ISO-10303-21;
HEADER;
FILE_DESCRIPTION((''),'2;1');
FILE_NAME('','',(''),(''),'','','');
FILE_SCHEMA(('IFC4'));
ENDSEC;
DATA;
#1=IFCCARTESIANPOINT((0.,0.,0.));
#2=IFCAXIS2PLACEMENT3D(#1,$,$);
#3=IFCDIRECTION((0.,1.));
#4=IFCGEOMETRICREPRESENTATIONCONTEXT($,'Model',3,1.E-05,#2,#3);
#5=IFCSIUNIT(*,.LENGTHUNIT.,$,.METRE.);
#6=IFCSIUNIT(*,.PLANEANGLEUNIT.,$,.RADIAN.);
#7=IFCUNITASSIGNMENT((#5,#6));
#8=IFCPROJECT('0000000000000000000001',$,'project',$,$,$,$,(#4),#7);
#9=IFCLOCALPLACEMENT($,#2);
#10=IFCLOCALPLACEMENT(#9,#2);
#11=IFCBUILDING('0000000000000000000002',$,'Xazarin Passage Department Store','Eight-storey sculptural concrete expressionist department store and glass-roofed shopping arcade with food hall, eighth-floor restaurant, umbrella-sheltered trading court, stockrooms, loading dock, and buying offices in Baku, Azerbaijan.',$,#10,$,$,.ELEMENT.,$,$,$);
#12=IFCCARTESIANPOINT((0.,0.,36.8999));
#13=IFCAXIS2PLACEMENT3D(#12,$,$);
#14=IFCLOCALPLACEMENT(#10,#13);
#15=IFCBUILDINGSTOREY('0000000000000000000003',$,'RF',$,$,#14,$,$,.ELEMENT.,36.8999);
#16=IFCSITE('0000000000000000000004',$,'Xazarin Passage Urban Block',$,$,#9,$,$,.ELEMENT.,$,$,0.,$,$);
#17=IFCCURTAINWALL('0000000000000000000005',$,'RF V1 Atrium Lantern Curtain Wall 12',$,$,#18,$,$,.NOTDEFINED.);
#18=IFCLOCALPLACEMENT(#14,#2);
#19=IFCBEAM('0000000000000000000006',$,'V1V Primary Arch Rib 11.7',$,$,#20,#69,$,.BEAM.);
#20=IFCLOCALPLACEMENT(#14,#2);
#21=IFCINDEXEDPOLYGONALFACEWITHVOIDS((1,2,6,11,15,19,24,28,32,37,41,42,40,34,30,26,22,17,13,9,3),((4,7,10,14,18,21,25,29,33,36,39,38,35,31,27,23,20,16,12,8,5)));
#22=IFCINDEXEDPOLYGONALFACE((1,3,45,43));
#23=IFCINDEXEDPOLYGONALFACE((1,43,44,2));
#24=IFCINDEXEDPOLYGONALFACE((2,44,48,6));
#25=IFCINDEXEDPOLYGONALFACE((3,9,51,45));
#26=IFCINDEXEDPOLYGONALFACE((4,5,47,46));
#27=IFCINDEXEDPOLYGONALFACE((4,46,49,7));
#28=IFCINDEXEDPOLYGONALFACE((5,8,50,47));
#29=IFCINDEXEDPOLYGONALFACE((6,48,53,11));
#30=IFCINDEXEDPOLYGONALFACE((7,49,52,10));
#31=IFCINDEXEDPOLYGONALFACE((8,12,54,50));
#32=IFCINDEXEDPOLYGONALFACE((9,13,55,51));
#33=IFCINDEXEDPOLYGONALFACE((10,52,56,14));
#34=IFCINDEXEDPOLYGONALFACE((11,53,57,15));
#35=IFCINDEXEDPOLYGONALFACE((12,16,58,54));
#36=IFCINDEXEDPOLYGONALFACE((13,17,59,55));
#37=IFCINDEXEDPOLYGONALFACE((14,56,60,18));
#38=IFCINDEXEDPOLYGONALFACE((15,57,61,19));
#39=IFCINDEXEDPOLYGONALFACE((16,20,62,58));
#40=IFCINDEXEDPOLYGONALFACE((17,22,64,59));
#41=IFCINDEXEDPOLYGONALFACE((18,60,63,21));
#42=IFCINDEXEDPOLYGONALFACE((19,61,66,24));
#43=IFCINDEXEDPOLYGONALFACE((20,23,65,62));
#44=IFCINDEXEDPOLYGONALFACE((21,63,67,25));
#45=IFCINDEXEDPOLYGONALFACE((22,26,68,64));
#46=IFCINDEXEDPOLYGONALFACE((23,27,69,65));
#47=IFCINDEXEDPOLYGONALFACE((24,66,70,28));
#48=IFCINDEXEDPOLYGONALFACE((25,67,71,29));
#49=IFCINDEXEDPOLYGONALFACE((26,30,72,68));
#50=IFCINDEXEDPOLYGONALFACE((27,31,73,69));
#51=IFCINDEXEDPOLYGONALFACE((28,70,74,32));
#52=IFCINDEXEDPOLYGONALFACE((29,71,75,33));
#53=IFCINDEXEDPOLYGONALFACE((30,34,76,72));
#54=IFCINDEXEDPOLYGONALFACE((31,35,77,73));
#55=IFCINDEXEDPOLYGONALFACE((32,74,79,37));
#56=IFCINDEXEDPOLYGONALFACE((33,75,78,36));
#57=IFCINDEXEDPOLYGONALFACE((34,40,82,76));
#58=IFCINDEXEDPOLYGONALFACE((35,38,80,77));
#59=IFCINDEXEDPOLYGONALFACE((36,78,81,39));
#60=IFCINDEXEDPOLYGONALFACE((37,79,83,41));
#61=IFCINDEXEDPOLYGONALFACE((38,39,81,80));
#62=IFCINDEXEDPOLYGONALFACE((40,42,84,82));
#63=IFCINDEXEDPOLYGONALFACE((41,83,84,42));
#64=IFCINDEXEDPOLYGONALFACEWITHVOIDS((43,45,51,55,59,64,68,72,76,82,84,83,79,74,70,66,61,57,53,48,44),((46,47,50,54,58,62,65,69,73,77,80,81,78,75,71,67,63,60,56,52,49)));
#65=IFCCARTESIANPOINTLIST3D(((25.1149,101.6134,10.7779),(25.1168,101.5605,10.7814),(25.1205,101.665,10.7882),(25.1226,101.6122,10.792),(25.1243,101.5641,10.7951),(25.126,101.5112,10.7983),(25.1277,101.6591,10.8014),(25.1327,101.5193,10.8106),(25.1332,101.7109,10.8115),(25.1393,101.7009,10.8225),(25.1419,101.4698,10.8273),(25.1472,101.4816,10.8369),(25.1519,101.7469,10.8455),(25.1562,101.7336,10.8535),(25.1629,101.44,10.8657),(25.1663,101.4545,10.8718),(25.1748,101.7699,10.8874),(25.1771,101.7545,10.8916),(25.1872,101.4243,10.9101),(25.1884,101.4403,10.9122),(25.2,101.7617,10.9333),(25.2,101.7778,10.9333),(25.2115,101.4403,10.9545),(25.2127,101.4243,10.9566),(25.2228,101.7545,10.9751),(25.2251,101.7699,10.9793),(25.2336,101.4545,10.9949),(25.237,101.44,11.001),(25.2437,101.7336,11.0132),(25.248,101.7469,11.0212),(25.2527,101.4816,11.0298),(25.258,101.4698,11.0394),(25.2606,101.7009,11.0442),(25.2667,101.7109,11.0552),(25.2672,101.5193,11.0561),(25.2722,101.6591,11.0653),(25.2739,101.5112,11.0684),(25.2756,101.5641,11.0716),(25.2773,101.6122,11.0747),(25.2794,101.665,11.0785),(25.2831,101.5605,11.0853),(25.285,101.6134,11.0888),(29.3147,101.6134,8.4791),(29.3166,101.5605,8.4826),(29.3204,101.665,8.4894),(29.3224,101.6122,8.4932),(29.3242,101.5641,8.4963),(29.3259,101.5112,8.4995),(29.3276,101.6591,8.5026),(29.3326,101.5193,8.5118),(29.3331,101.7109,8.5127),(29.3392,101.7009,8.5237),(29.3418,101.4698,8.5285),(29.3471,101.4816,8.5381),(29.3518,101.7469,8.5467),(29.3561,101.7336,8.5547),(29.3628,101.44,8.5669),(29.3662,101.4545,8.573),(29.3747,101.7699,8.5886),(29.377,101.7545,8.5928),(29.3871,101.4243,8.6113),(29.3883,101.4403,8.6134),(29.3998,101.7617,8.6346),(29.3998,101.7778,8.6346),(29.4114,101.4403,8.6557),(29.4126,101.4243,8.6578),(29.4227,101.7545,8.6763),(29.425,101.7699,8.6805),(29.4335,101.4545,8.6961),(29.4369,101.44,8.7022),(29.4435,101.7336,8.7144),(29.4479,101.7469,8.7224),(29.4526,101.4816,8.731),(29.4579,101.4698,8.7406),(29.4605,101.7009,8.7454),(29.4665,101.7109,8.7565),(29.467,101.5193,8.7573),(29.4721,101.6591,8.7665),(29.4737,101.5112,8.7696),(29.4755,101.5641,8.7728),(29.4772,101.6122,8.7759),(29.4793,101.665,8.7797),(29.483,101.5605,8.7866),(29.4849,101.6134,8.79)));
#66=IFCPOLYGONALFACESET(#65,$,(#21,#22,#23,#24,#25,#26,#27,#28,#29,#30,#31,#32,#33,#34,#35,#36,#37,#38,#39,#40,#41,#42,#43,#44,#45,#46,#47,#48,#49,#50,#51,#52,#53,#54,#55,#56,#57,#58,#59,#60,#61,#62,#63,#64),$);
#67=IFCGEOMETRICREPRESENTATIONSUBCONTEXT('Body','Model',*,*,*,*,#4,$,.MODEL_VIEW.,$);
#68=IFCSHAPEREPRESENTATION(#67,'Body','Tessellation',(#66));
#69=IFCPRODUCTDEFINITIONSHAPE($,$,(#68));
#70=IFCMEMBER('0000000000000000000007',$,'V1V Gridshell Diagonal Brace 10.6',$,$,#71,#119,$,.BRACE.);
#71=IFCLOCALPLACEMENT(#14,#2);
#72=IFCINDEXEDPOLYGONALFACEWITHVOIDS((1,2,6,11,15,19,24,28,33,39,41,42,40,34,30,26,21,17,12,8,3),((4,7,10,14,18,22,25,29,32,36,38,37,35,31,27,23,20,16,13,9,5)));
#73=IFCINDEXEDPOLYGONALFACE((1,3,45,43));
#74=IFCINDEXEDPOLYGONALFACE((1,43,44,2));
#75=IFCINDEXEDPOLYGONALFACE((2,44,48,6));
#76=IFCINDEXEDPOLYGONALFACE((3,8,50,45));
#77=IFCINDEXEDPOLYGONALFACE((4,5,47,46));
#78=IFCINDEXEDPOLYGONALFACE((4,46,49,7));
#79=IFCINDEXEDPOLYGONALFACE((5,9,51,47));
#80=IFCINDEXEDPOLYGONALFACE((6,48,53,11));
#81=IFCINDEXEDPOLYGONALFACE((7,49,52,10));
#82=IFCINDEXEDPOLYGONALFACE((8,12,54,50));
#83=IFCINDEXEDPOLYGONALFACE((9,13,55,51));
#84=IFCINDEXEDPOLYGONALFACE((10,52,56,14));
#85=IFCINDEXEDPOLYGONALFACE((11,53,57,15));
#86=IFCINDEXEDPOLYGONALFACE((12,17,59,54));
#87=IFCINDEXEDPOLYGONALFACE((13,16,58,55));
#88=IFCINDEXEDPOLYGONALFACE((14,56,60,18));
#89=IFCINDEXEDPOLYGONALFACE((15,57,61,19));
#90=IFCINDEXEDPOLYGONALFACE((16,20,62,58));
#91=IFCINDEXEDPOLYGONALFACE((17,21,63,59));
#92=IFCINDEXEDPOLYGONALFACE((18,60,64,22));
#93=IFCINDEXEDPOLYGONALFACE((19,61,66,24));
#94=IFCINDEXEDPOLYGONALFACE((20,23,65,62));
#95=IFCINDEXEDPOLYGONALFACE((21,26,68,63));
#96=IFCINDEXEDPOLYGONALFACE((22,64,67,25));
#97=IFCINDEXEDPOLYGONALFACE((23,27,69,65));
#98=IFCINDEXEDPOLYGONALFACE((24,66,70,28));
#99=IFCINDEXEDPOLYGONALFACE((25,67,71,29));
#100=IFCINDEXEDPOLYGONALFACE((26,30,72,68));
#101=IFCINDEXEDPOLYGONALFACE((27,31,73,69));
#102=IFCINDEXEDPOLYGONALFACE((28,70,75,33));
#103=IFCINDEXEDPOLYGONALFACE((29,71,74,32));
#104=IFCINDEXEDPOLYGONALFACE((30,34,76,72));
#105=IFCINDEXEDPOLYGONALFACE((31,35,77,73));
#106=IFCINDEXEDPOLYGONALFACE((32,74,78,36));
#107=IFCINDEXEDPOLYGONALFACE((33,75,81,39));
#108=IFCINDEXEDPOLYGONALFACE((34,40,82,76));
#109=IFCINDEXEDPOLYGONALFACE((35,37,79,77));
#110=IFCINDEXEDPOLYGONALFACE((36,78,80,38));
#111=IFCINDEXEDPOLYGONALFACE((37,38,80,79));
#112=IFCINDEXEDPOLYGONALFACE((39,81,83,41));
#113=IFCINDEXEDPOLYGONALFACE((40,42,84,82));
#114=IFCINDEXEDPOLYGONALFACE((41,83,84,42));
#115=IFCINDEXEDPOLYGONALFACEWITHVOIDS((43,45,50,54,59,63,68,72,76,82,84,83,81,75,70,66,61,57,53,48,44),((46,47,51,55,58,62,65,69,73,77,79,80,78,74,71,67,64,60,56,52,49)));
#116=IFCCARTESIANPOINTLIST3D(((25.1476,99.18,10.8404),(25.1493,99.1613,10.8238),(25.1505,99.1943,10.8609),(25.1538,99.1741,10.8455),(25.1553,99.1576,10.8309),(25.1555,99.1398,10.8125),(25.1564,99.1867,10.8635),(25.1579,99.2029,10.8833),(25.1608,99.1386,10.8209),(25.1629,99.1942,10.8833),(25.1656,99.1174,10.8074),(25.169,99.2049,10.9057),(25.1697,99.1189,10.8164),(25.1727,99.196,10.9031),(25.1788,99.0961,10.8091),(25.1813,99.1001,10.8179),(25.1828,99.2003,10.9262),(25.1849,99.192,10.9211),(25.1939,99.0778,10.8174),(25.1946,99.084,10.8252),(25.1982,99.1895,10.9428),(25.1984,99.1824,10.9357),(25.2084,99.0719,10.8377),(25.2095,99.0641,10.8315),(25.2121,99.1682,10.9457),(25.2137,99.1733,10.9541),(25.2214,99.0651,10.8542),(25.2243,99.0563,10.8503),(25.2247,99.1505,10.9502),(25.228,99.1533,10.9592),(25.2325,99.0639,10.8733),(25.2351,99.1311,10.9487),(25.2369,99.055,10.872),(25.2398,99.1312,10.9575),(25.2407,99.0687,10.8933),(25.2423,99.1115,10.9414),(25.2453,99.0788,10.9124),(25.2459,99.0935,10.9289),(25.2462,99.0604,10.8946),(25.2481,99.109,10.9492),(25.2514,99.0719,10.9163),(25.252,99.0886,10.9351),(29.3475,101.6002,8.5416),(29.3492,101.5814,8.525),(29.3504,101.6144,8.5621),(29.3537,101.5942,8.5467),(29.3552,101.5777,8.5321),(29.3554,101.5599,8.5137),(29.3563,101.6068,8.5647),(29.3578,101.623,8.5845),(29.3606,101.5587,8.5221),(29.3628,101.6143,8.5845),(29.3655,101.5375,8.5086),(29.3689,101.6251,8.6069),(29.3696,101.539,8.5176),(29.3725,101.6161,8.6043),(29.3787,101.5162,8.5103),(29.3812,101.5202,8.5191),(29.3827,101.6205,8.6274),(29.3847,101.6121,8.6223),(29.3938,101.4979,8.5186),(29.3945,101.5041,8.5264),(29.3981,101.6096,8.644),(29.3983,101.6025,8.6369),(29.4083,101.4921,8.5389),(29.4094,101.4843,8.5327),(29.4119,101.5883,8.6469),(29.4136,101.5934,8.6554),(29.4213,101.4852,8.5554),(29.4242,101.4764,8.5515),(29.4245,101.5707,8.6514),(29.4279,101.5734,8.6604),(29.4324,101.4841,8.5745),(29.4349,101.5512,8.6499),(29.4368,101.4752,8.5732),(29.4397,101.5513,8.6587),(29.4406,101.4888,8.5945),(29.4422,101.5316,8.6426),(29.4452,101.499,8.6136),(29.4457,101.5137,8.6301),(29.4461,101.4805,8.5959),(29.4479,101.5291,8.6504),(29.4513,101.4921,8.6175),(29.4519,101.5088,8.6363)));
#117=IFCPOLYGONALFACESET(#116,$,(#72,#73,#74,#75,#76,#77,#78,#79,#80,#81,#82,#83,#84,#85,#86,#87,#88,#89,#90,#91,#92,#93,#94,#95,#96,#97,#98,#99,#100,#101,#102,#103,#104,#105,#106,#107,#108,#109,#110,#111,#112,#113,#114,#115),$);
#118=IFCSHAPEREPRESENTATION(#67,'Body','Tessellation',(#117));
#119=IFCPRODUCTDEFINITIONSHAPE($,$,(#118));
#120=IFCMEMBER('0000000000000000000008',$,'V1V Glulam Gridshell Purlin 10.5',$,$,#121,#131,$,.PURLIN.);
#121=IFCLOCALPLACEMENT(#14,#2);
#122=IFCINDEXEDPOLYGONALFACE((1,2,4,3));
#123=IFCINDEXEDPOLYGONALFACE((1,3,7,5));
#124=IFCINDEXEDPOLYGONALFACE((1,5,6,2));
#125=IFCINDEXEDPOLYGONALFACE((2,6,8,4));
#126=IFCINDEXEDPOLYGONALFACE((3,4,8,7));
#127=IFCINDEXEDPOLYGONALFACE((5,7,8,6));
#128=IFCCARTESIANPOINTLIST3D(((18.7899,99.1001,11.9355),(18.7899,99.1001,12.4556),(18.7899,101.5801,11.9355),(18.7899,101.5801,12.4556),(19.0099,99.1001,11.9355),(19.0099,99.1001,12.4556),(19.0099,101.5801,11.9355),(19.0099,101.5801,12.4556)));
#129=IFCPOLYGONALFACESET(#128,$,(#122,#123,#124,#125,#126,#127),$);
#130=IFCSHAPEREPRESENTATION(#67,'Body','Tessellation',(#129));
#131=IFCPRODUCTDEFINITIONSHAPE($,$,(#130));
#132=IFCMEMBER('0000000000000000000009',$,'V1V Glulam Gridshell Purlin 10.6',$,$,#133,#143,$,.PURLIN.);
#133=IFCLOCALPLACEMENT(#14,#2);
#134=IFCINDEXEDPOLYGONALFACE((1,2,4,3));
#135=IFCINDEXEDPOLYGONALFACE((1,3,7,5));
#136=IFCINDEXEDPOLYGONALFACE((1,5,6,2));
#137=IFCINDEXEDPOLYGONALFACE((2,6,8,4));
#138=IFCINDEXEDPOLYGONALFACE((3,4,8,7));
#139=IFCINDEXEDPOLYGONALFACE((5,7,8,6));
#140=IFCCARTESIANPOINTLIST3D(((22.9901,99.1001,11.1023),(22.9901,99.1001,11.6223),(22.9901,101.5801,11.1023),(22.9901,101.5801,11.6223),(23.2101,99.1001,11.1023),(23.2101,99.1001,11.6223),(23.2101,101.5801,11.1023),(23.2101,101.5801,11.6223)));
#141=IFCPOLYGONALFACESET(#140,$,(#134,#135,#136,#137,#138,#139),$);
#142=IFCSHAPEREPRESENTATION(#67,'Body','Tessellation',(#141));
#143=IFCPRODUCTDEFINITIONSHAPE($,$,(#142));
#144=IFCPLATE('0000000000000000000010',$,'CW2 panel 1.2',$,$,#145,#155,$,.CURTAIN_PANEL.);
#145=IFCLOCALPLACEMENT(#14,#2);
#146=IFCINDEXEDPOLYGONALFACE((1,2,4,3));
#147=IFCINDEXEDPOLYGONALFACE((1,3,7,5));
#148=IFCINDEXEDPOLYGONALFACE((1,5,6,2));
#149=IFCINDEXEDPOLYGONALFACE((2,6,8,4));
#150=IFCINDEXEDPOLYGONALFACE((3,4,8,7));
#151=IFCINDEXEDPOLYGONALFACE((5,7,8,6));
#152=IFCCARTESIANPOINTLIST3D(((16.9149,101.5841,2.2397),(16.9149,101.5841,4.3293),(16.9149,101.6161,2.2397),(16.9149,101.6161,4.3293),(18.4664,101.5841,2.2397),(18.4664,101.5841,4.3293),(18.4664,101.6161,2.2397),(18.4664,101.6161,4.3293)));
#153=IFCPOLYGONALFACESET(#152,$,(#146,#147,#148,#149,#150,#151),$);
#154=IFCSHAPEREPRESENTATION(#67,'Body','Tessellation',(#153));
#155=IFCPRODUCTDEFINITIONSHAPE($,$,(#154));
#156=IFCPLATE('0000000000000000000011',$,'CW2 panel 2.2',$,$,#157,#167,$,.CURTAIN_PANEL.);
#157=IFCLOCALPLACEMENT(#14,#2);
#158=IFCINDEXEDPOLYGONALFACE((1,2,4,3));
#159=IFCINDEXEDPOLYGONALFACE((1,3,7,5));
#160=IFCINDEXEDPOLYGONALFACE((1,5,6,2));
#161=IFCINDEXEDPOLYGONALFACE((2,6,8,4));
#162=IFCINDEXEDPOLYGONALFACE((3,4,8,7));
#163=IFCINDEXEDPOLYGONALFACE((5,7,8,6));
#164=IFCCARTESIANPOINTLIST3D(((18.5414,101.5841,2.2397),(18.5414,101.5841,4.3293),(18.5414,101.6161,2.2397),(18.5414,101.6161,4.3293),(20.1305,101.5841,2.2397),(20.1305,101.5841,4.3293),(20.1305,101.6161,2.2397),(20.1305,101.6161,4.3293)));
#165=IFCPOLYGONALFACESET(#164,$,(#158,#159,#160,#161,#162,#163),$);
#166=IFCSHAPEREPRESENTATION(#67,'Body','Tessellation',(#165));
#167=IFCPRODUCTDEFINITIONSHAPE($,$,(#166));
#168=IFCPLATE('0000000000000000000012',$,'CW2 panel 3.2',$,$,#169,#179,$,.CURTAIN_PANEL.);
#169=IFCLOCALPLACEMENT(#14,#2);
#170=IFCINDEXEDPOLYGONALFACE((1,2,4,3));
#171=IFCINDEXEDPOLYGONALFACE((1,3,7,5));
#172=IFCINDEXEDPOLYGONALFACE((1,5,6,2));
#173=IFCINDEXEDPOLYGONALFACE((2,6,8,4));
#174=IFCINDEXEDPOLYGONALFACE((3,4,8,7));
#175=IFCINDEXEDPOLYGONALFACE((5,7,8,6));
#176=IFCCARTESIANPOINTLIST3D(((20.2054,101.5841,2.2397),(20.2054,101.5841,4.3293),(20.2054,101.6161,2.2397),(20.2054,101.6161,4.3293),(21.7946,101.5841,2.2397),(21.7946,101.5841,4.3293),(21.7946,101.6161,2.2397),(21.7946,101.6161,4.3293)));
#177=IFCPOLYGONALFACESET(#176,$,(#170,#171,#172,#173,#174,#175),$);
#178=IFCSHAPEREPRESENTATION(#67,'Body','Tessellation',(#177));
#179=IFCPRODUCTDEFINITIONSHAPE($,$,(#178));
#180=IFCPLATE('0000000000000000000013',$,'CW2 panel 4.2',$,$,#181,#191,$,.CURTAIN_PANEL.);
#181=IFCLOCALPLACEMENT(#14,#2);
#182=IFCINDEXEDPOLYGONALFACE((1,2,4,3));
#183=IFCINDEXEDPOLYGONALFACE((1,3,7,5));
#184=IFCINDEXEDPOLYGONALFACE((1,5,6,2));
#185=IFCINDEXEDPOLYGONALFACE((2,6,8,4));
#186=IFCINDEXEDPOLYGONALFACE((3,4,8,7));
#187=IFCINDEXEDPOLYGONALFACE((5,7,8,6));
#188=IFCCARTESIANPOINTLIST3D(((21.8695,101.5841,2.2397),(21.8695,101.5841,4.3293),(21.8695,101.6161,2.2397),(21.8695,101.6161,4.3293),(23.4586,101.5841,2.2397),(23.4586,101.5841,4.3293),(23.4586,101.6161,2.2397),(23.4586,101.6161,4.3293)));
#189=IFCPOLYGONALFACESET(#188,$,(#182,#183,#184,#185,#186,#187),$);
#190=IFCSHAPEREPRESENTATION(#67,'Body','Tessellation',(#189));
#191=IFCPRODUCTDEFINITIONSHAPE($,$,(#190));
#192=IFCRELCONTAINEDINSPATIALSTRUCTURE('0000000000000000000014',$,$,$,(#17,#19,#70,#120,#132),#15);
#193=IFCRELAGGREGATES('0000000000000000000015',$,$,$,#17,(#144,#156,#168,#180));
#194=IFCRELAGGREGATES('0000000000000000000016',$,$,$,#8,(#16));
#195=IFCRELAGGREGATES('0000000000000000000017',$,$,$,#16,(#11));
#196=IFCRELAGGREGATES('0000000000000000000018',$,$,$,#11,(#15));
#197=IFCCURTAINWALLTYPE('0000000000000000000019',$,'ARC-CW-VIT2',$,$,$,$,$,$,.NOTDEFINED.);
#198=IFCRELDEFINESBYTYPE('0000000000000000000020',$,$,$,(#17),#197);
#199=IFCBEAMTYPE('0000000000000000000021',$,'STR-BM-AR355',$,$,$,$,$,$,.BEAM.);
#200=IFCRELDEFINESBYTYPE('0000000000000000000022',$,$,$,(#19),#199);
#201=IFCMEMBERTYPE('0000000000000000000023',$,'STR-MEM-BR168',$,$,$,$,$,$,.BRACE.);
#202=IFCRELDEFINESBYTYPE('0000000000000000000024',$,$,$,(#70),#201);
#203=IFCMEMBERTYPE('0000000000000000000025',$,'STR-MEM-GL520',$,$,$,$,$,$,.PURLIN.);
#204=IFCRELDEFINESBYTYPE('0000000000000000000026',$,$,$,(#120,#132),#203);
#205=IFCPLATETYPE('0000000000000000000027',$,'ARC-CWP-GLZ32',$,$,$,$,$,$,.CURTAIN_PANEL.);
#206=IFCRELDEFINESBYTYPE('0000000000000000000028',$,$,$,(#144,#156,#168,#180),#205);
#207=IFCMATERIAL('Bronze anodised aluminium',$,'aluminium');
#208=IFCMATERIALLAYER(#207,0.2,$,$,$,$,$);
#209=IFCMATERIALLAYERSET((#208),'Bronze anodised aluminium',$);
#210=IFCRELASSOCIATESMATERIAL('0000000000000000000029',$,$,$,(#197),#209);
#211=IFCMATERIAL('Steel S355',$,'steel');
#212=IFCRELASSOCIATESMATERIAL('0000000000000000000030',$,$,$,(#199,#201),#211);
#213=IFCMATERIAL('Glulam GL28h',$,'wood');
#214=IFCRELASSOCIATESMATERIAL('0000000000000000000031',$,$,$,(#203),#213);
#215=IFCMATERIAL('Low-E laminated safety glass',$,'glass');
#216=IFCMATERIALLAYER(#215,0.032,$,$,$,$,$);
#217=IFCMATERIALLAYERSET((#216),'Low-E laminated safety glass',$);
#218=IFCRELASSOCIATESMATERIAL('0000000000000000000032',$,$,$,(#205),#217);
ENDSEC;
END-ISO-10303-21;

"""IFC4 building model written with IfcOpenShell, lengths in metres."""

from ifc_helpers import new_model, si_unit, direction, frame, origin, origin_2d, place, context, subcontext, project, spatial, rectangle, hollow_circle, extrude, material, layer, layer_set, material_profile, profile_set, type_object, element, aggregate, save


model = new_model("IFC4")

# Units and contexts
model_context = context("Model", 3, precision=1e-05, world=origin(), true_north=direction((0.0, 1.0)))
body_context = subcontext(model_context, "Body", "Model", "MODEL_VIEW")
ifc_project = project(units=[si_unit("LENGTHUNIT", "METRE"), si_unit("PLANEANGLEUNIT", "RADIAN")], contexts=[model_context])

# Site, building, storey
site_placement = place(None, origin())
site = spatial("IfcSite", under=ifc_project, at=site_placement, Name="Xazarin Passage Urban Block", CompositionType="ELEMENT", RefElevation=0.0)
building_placement = place(site_placement, origin())
building = spatial("IfcBuilding", under=site, at=building_placement, Name="Xazarin Passage Department Store", Description="Eight-storey sculptural concrete expressionist department store and glass-roofed shopping arcade with food hall, eighth-floor restaurant, umbrella-sheltered trading court, stockrooms, loading dock, and buying offices in Baku, Azerbaijan.", CompositionType="ELEMENT")
storey_placement = place(building_placement, frame((0.0, 0.0, 36.8999)))
storey = spatial("IfcBuildingStorey", under=building, at=storey_placement, Name="RF", CompositionType="ELEMENT", Elevation=36.8999)

# Curtain wall
ifc_material_1 = material(Name="Bronze anodised aluminium", Category="aluminium")
ifc_layer_1 = layer(ifc_material_1, 0.2)
ifc_layer_set_1 = layer_set([ifc_layer_1], Name="Bronze anodised aluminium")
curtain_wall_type = type_object("IfcCurtainWallType", Name="ARC-CW-VIT2", PredefinedType="NOTDEFINED", material=ifc_layer_set_1)
curtain_wall_placement = place(storey_placement, origin())
curtain_wall = element("IfcCurtainWall", 1, at=curtain_wall_placement, inside=storey, type_object=curtain_wall_type, Name="RF V1 Atrium Lantern Curtain Wall 12", PredefinedType="NOTDEFINED")

# Beam
ifc_material_2 = material(Name="Steel S355", Category="steel")
ifc_material_profile_1 = material_profile(ifc_material_2, hollow_circle(Radius=0.1777, WallThickness=0.0161, at=origin_2d()), Name="CHS 355.6x16")
ifc_profile_set_1 = profile_set([ifc_material_profile_1], Name="Steel S355")
beam_type = type_object("IfcBeamType", Name="STR-BM-AR355", PredefinedType="BEAM", material=ifc_profile_set_1)
beam_1_placement = place(storey_placement, frame((25.2, 101.6001, 10.9333), z_axis=(0.877197, 0.0, -0.480131), x_axis=(0.0, 1.0, 0.0)))
element("IfcBeam", 2, at=beam_1_placement, inside=storey, type_object=beam_type, Name="V1V Primary Arch Rib 11.7", PredefinedType="BEAM", context=body_context, shape_type="SweptSolid", body=[
    extrude(hollow_circle(Radius=0.1777, WallThickness=0.0161, at=origin_2d()), origin(), (0.0, 0.0, 1.0), 4.7878),
])

# Members
ifc_material_profile_2 = material_profile(ifc_material_2, hollow_circle(Radius=0.0842, WallThickness=0.01, at=origin_2d()), Name="CHS 168.3x10")
ifc_profile_set_2 = profile_set([ifc_material_profile_2], Name="Steel S355")
member_type_1 = type_object("IfcMemberType", Name="STR-MEM-BR168", PredefinedType="BRACE", material=ifc_profile_set_2)
member_1_placement = place(storey_placement, frame((25.2, 99.1299, 10.8833), z_axis=(0.782867, 0.451117, -0.4285), x_axis=(-0.499276, 0.866443, 0.0)))
element("IfcMember", 3, at=member_1_placement, inside=storey, type_object=member_type_1, Name="V1V Gridshell Diagonal Brace 10.6", PredefinedType="BRACE", context=body_context, shape_type="SweptSolid", body=[
    extrude(hollow_circle(Radius=0.0842, WallThickness=0.01, at=origin_2d()), origin(), (0.0, 0.0, 1.0), 5.3647),
])
ifc_material_3 = material(Name="Glulam GL28h", Category="wood")
ifc_material_profile_3 = material_profile(ifc_material_3, rectangle(XDim=0.22, YDim=0.52, at=origin_2d()), Name="GL28h 220x520")
ifc_profile_set_3 = profile_set([ifc_material_profile_3], Name="Glulam GL28h")
member_type_2 = type_object("IfcMemberType", Name="STR-MEM-GL520", PredefinedType="PURLIN", material=ifc_profile_set_3)
for number, where, z_axis, x_axis, name in (
    (4, (18.8999, 99.1001, 12.1956), (0.0, 1.0, 0.0), (-1.0, 0.0, 0.0), "V1V Glulam Gridshell Purlin 10.5"),
    (5, (23.1001, 99.1001, 11.3623), (0.0, 1.0, 0.0), (-1.0, 0.0, 0.0), "V1V Glulam Gridshell Purlin 10.6"),
):
    element("IfcMember", number, at=place(storey_placement, frame(where, z_axis=z_axis, x_axis=x_axis)), inside=storey, type_object=member_type_2, Name=name, PredefinedType="PURLIN", context=body_context, shape_type="SweptSolid", body=[
        extrude(rectangle(XDim=0.22, YDim=0.52, at=origin_2d()), origin(), (0.0, 0.0, 1.0), 2.48),
    ])

# Plates
ifc_material_4 = material(Name="Low-E laminated safety glass", Category="glass")
ifc_layer_2 = layer(ifc_material_4, 0.032)
ifc_layer_set_2 = layer_set([ifc_layer_2], Name="Low-E laminated safety glass")
plate_type_1 = type_object("IfcPlateType", Name="ARC-CWP-GLZ32", PredefinedType="CURTAIN_PANEL", material=ifc_layer_set_2)
plate_1_placement = place(storey_placement, frame((17.6907, 101.6001, 2.2397), z_axis=(0.0, 0.0, 1.0), x_axis=(1.0, 0.0, 0.0)))
plate_1 = element("IfcPlate", 6, at=plate_1_placement, type_object=plate_type_1, Name="CW2 panel 1.2", PredefinedType="CURTAIN_PANEL", context=body_context, shape_type="SweptSolid", body=[
    extrude(rectangle(XDim=1.5515, YDim=0.032, at=origin_2d()), origin(), (0.0, 0.0, 1.0), 2.0896),
])
plate_2_placement = place(storey_placement, frame((19.3359, 101.6001, 2.2397), z_axis=(0.0, 0.0, 1.0), x_axis=(1.0, 0.0, 0.0)))
plate_2 = element("IfcPlate", 7, at=plate_2_placement, type_object=plate_type_1, Name="CW2 panel 2.2", PredefinedType="CURTAIN_PANEL", context=body_context, shape_type="SweptSolid", body=[
    extrude(rectangle(XDim=1.5891, YDim=0.032, at=origin_2d()), origin(), (0.0, 0.0, 1.0), 2.0896),
])
plate_3_placement = place(storey_placement, frame((21.0, 101.6001, 2.2397), z_axis=(0.0, 0.0, 1.0), x_axis=(1.0, 0.0, 0.0)))
plate_3 = element("IfcPlate", 8, at=plate_3_placement, type_object=plate_type_1, Name="CW2 panel 3.2", PredefinedType="CURTAIN_PANEL", context=body_context, shape_type="SweptSolid", body=[
    extrude(rectangle(XDim=1.5891, YDim=0.032, at=origin_2d()), origin(), (0.0, 0.0, 1.0), 2.0896),
])
plate_4_placement = place(storey_placement, frame((22.6641, 101.6001, 2.2397), z_axis=(0.0, 0.0, 1.0), x_axis=(1.0, 0.0, 0.0)))
plate_4 = element("IfcPlate", 9, at=plate_4_placement, type_object=plate_type_1, Name="CW2 panel 4.2", PredefinedType="CURTAIN_PANEL", context=body_context, shape_type="SweptSolid", body=[
    extrude(rectangle(XDim=1.5891, YDim=0.032, at=origin_2d()), origin(), (0.0, 0.0, 1.0), 2.0896),
])
aggregate(curtain_wall, [plate_1, plate_2, plate_3, plate_4])

save(model, "model.ifc")
